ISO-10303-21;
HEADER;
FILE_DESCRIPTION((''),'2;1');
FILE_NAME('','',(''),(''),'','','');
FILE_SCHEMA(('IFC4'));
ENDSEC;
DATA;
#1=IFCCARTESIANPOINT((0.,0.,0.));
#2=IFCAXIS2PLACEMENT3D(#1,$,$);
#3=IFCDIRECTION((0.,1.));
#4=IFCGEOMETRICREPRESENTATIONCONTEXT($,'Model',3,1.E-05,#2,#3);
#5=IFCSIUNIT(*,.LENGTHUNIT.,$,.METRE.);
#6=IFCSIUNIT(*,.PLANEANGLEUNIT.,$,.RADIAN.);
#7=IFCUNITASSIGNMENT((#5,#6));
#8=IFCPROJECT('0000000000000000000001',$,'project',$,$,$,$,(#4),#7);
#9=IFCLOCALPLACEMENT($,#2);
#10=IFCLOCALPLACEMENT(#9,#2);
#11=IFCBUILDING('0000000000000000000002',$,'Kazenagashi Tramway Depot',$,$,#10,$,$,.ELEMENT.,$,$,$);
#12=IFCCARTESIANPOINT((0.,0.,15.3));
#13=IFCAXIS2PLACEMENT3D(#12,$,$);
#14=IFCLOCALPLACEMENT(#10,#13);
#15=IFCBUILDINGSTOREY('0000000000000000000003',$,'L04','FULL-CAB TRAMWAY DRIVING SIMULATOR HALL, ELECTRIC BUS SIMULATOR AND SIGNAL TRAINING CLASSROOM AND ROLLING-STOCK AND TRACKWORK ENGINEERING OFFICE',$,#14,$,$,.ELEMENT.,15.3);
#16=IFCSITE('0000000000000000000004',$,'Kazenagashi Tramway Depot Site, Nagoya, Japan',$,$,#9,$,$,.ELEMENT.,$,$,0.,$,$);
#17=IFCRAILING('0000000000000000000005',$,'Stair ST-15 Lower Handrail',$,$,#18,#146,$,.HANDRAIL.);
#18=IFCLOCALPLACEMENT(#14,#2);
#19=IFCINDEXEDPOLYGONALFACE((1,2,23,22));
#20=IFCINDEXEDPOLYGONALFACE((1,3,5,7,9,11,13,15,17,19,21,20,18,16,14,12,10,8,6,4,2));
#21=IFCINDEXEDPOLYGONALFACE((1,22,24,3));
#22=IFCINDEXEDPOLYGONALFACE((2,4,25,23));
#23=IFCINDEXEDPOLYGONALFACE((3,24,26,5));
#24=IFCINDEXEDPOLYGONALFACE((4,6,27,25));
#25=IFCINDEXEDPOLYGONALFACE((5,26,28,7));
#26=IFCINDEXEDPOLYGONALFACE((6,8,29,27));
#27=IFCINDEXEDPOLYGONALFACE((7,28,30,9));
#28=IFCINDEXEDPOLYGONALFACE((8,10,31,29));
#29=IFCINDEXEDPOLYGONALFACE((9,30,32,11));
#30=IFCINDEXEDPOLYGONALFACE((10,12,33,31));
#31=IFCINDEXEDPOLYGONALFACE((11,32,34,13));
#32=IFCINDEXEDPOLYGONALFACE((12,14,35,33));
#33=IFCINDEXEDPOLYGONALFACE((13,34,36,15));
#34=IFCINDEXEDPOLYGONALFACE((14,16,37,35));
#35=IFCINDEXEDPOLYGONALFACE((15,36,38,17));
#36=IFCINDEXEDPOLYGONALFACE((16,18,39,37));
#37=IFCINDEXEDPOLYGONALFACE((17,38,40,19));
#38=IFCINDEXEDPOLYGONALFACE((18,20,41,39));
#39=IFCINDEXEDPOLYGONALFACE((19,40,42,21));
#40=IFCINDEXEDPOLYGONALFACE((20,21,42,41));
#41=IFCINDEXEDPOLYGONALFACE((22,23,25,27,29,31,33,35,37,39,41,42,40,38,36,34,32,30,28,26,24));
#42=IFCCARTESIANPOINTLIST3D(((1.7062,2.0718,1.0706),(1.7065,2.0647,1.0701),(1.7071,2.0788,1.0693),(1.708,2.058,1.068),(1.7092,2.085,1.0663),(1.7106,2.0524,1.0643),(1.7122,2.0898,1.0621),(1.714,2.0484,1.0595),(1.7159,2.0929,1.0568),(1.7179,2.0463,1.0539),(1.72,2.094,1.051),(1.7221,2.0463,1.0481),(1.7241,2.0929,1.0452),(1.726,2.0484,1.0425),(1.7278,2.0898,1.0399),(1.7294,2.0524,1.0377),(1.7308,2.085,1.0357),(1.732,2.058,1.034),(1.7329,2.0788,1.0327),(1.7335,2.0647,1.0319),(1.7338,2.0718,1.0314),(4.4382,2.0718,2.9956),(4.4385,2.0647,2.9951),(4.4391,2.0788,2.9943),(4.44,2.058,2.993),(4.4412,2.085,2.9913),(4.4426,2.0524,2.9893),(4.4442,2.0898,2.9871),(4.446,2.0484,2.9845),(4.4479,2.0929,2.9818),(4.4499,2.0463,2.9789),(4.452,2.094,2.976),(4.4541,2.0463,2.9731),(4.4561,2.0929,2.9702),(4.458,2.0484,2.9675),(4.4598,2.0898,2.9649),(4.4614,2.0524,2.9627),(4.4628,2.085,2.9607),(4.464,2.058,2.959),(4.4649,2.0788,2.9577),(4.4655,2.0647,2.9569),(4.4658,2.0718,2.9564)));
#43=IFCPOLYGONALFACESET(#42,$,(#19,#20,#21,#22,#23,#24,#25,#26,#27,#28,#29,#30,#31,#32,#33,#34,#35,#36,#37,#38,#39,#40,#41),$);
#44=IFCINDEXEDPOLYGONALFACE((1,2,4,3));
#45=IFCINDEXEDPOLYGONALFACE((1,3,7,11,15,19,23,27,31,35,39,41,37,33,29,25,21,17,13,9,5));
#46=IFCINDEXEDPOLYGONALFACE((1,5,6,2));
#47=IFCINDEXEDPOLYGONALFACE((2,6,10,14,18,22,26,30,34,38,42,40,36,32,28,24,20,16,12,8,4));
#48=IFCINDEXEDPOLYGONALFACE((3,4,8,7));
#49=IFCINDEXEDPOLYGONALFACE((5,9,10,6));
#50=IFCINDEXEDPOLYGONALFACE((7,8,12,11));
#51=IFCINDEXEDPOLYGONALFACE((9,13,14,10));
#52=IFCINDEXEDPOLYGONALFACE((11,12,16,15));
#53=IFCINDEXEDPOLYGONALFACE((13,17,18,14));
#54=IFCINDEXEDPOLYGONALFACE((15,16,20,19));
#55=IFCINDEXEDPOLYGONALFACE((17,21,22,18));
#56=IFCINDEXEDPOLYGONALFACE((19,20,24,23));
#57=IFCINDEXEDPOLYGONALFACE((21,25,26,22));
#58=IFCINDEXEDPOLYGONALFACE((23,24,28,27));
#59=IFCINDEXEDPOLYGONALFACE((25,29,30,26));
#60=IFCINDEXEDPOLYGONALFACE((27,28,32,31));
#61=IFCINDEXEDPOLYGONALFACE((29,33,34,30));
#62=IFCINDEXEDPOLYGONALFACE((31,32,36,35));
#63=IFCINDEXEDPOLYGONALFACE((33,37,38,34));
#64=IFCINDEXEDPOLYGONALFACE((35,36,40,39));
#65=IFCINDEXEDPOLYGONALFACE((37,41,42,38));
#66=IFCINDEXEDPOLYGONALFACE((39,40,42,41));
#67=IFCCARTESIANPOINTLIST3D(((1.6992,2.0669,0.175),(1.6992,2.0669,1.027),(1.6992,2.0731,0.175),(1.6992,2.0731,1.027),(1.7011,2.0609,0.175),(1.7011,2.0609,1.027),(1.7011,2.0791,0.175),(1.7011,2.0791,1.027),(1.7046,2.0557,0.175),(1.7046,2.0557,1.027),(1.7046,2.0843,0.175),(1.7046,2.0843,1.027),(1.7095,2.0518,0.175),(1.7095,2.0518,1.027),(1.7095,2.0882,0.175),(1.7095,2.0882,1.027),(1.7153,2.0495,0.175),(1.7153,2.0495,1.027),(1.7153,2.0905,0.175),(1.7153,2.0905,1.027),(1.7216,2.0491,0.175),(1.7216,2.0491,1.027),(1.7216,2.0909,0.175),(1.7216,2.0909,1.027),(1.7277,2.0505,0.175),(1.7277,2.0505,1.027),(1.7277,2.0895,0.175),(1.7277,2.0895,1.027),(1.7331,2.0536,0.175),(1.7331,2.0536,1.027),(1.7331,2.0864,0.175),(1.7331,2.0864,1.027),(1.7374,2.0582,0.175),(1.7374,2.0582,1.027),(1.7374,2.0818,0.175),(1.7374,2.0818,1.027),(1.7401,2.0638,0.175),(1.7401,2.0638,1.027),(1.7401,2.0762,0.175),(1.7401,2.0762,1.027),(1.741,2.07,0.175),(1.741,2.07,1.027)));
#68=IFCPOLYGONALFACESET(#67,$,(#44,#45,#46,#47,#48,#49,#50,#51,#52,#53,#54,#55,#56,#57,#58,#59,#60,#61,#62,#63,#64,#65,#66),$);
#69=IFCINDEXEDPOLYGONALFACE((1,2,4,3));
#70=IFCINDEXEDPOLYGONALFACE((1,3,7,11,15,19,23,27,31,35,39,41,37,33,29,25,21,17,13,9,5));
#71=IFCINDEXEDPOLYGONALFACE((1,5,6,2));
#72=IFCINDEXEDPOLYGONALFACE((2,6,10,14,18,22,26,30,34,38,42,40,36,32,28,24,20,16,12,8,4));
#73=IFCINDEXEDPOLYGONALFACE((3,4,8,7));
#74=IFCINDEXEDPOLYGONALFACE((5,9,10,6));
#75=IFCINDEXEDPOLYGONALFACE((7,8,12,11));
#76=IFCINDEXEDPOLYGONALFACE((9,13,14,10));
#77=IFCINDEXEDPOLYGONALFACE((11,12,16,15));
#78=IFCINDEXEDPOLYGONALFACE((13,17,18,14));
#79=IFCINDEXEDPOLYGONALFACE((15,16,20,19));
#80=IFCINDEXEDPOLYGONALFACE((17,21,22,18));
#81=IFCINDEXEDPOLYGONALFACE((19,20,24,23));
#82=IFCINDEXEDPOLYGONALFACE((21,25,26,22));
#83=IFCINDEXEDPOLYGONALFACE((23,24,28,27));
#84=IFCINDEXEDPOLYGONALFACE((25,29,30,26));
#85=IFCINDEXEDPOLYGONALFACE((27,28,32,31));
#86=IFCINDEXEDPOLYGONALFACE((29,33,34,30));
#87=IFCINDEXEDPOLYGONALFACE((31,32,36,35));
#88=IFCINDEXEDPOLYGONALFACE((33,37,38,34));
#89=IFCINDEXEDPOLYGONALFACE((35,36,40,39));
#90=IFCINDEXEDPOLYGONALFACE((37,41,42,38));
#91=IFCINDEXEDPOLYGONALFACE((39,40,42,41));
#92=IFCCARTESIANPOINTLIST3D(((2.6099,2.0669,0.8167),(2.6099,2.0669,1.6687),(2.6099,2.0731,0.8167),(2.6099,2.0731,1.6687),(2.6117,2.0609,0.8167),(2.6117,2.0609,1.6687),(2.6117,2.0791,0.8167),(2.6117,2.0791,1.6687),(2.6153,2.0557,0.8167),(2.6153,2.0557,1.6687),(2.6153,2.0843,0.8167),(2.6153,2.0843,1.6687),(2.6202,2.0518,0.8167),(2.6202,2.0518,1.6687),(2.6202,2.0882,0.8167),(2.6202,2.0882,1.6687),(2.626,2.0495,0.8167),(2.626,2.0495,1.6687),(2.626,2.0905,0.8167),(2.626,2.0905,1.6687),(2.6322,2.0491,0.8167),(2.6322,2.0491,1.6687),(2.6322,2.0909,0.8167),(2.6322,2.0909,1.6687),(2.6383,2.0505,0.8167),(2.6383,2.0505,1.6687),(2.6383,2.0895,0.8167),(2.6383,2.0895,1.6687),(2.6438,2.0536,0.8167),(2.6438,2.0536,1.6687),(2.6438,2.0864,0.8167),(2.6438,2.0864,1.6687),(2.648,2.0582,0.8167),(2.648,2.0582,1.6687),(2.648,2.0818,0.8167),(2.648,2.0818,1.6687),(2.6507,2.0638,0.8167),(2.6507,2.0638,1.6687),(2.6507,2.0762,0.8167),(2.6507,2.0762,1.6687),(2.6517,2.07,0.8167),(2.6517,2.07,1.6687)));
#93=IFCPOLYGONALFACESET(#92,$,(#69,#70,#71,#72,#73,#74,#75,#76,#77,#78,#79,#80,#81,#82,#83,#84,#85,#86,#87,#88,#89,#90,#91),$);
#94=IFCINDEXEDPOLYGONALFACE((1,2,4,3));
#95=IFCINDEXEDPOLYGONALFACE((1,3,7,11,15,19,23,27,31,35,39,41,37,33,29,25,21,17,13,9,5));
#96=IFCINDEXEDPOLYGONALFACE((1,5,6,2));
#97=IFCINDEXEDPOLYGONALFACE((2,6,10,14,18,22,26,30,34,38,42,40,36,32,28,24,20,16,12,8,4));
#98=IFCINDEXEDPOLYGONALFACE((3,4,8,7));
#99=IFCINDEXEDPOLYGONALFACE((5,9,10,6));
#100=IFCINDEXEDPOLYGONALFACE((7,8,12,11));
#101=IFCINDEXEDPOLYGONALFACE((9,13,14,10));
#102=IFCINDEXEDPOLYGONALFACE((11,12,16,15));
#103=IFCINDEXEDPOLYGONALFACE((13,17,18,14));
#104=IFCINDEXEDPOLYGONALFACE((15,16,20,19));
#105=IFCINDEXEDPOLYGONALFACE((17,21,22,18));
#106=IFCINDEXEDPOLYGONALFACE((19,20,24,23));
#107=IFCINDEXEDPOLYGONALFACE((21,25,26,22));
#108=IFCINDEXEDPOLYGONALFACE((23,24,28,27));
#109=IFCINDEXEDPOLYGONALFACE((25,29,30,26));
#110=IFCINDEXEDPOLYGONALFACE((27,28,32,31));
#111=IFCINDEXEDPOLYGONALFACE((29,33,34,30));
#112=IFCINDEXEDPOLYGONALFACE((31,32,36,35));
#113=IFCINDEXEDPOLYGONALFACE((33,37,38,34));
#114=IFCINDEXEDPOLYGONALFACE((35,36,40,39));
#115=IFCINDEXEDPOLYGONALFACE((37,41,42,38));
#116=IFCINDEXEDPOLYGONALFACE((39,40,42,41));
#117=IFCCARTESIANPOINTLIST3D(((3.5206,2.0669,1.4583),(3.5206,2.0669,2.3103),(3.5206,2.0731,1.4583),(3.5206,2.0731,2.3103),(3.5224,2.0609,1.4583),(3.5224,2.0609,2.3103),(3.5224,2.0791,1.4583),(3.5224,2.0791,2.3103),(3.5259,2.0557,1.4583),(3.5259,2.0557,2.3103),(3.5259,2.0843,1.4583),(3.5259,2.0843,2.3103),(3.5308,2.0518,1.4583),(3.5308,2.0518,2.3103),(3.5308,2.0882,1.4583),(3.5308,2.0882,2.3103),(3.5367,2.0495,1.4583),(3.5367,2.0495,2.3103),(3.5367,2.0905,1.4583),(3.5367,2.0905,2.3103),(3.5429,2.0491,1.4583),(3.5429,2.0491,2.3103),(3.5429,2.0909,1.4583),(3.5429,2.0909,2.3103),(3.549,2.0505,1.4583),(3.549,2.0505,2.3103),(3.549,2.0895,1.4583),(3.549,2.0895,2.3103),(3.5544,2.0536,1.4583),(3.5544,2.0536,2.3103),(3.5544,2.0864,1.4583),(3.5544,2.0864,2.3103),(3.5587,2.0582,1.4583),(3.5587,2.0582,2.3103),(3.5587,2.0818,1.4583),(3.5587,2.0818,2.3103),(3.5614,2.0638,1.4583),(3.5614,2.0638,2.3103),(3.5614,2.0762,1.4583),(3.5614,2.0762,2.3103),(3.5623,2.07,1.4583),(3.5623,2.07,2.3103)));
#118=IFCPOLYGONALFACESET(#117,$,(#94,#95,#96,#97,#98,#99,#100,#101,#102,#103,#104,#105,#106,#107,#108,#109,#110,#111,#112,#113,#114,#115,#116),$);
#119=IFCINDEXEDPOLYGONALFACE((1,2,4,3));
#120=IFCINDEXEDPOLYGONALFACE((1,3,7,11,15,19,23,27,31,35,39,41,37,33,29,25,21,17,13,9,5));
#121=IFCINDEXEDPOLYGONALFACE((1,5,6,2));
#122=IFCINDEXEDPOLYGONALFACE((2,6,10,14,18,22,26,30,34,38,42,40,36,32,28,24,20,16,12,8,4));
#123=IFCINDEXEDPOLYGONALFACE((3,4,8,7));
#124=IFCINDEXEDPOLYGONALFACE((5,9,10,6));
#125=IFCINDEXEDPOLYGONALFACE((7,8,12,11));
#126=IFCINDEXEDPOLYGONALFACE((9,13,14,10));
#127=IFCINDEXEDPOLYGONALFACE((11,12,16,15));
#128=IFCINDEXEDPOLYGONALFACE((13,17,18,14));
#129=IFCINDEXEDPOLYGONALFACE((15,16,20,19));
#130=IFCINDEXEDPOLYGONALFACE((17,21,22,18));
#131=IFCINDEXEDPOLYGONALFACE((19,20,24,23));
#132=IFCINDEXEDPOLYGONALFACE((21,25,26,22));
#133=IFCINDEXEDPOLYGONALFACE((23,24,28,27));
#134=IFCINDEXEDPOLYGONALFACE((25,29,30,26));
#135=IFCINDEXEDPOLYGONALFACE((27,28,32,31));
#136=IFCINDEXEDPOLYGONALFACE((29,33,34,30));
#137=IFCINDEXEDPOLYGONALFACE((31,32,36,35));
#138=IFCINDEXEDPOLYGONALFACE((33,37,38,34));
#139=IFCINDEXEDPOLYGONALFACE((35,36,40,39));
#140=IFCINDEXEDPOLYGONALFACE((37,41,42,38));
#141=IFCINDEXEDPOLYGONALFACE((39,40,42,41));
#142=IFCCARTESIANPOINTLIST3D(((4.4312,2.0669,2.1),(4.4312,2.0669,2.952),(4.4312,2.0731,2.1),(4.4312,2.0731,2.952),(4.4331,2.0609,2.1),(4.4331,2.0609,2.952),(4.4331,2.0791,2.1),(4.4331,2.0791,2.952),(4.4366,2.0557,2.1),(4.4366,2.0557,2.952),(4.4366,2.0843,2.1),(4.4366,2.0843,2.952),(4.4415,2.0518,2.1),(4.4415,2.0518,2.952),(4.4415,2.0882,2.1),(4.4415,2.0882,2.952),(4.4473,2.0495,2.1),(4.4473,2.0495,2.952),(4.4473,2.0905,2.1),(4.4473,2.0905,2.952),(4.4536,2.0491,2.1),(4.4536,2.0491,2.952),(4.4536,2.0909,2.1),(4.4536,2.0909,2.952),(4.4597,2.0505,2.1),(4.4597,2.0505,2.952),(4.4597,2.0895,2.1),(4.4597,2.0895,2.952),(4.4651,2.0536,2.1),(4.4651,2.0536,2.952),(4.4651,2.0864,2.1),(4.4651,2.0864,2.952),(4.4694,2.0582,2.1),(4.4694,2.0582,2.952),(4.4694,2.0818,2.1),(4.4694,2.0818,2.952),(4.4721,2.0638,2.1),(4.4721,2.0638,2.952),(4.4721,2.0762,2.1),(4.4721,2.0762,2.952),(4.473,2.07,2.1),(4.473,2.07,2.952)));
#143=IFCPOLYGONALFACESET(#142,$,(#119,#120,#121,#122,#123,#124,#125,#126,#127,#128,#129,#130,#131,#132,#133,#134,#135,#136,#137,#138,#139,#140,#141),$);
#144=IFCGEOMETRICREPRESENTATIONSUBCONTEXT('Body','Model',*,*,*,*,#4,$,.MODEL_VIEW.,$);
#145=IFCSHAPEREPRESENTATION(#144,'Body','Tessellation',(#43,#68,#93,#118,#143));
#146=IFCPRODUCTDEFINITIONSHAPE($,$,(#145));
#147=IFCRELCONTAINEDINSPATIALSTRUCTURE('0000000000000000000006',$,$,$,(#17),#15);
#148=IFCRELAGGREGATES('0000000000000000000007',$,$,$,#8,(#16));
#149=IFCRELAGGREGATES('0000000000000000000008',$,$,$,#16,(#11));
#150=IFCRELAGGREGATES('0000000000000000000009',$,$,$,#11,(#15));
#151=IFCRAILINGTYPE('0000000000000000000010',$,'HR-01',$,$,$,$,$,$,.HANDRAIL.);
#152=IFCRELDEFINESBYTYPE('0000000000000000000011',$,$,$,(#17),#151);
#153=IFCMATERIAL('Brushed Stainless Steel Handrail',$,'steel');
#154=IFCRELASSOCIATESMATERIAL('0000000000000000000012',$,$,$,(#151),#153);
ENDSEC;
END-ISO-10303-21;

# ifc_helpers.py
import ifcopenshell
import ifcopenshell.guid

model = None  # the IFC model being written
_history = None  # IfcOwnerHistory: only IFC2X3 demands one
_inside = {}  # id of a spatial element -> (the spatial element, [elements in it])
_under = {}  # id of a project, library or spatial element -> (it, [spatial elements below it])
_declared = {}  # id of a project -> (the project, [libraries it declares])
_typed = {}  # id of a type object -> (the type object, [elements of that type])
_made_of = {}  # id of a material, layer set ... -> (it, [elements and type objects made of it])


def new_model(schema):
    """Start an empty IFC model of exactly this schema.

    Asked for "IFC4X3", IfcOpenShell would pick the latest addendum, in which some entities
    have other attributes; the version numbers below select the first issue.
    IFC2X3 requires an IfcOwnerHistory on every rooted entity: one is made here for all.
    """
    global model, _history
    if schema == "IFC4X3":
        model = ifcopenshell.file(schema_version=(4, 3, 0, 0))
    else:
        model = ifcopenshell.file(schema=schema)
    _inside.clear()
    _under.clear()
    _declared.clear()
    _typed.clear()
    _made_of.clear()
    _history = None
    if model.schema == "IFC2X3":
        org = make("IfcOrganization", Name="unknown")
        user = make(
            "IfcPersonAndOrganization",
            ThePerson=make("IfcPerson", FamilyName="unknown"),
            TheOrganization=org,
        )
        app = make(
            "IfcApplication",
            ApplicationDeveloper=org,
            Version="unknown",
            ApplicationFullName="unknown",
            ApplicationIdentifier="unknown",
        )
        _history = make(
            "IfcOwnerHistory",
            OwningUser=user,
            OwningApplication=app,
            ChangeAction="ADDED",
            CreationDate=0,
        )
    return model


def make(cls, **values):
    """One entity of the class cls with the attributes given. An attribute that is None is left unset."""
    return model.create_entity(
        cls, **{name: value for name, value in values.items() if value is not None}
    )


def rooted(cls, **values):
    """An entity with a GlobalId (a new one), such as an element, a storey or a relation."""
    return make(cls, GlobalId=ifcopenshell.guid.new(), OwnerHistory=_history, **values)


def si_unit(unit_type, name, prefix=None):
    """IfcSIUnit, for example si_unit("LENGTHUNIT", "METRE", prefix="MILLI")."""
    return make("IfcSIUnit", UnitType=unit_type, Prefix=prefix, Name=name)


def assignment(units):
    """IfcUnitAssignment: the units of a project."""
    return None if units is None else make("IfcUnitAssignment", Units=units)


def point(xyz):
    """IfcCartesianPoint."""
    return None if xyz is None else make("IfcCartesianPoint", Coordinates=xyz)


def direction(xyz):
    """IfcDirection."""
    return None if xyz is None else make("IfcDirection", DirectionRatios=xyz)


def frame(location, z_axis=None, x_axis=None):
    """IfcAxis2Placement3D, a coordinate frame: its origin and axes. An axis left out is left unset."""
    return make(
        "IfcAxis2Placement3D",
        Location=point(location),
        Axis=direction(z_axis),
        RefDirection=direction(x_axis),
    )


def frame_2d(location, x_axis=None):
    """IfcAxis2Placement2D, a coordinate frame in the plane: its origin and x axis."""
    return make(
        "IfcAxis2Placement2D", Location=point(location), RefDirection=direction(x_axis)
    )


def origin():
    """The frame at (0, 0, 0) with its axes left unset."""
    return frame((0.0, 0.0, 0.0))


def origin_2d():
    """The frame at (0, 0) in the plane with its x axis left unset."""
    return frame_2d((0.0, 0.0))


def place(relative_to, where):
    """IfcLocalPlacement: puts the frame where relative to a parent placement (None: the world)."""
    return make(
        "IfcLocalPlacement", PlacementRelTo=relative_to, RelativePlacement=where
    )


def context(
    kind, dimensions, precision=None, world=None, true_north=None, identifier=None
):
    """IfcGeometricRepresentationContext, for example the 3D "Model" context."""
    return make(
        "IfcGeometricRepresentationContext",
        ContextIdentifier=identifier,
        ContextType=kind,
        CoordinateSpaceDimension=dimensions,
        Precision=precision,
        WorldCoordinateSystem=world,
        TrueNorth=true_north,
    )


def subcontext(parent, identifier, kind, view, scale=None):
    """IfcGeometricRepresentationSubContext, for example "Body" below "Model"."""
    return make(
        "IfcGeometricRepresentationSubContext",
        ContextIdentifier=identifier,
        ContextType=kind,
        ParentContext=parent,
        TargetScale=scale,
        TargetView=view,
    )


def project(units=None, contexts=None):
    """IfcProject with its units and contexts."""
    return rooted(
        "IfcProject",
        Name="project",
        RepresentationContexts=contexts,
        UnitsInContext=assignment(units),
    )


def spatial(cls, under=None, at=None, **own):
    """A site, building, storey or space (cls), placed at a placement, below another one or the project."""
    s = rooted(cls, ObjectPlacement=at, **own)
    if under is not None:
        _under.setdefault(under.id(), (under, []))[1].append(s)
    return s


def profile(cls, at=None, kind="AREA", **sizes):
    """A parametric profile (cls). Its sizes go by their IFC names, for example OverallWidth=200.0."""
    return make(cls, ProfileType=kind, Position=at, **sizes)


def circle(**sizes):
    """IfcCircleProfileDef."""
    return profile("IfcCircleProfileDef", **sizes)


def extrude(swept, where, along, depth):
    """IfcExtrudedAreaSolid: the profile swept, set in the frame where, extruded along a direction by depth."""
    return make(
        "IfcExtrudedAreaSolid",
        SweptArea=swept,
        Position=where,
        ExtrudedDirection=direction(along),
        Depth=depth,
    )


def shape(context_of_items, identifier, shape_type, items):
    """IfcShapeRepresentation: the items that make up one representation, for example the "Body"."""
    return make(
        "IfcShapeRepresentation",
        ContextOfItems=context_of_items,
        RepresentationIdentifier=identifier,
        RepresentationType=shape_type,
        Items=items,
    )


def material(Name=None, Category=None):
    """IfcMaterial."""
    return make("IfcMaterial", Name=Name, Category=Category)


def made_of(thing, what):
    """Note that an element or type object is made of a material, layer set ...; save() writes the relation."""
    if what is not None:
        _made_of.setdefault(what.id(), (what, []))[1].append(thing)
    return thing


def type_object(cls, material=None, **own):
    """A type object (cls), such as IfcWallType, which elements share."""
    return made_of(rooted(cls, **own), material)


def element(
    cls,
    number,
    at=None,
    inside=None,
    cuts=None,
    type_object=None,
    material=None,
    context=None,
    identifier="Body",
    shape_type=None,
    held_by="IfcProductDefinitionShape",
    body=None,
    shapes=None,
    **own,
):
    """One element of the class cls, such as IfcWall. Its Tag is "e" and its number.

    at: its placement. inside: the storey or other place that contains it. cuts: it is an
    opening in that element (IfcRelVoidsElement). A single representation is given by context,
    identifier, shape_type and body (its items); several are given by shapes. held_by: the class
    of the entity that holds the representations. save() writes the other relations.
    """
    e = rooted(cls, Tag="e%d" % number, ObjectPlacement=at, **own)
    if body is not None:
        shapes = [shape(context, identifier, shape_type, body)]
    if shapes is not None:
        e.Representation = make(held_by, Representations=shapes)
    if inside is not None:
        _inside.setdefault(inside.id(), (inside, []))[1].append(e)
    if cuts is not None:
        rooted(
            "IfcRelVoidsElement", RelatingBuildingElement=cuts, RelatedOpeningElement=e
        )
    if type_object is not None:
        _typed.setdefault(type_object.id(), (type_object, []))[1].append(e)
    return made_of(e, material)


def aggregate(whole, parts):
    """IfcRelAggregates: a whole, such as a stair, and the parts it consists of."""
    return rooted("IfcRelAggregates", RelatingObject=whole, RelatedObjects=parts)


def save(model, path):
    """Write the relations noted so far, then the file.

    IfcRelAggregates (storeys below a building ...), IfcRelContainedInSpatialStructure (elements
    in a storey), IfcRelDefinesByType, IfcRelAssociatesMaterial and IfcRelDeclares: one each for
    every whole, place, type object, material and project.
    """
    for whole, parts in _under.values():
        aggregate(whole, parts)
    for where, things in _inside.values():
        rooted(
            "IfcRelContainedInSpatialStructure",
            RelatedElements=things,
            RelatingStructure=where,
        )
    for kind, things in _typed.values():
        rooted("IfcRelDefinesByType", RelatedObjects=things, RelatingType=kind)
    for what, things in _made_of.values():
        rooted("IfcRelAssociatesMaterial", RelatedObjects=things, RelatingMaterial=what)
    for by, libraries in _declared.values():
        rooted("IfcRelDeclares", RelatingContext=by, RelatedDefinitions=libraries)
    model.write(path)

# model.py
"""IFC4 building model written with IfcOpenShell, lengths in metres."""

from ifc_helpers import new_model, si_unit, direction, frame, origin, origin_2d, place, context, subcontext, project, spatial, circle, extrude, material, type_object, element, save


model = new_model("IFC4")

# Units and contexts
model_context = context("Model", 3, precision=1e-05, world=origin(), true_north=direction((0.0, 1.0)))
body_context = subcontext(model_context, "Body", "Model", "MODEL_VIEW")
ifc_project = project(units=[si_unit("LENGTHUNIT", "METRE"), si_unit("PLANEANGLEUNIT", "RADIAN")], contexts=[model_context])

# Site, building, storey
site_placement = place(None, origin())
site = spatial("IfcSite", under=ifc_project, at=site_placement, Name="Kazenagashi Tramway Depot Site, Nagoya, Japan", CompositionType="ELEMENT", RefElevation=0.0)
building_placement = place(site_placement, origin())
building = spatial("IfcBuilding", under=site, at=building_placement, Name="Kazenagashi Tramway Depot", CompositionType="ELEMENT")
storey_placement = place(building_placement, frame((0.0, 0.0, 15.3)))
storey = spatial("IfcBuildingStorey", under=building, at=storey_placement, Name="L04", Description="FULL-CAB TRAMWAY DRIVING SIMULATOR HALL, ELECTRIC BUS SIMULATOR AND SIGNAL TRAINING CLASSROOM AND ROLLING-STOCK AND TRACKWORK ENGINEERING OFFICE", CompositionType="ELEMENT", Elevation=15.3)

# Railing
ifc_material_1 = material(Name="Brushed Stainless Steel Handrail", Category="steel")
railing_type_1 = type_object("IfcRailingType", Name="HR-01", PredefinedType="HANDRAIL", material=ifc_material_1)
railing_1_placement = place(storey_placement, frame((1.72, 2.07, 0.175)))
element("IfcRailing", 1, at=railing_1_placement, inside=storey, type_object=railing_type_1, Name="Stair ST-15 Lower Handrail", PredefinedType="HANDRAIL", context=body_context, shape_type="SweptSolid", body=[
    extrude(circle(Radius=0.024, at=origin_2d()), frame((0.0, 0.0, 0.876), z_axis=(0.817457, 0.0, 0.57599), x_axis=(0.0, 1.0, 0.0)), (0.0, 0.0, 1.0), 3.3421),
    extrude(circle(Radius=0.021, at=origin_2d()), origin(), (0.0, 0.0, 1.0), 0.852),
    extrude(circle(Radius=0.021, at=origin_2d()), frame((0.9107, 0.0, 0.6417)), (0.0, 0.0, 1.0), 0.852),
    extrude(circle(Radius=0.021, at=origin_2d()), frame((1.8213, 0.0, 1.2833)), (0.0, 0.0, 1.0), 0.852),
    extrude(circle(Radius=0.021, at=origin_2d()), frame((2.732, 0.0, 1.925)), (0.0, 0.0, 1.0), 0.852),
])

save(model, "model.ifc")
